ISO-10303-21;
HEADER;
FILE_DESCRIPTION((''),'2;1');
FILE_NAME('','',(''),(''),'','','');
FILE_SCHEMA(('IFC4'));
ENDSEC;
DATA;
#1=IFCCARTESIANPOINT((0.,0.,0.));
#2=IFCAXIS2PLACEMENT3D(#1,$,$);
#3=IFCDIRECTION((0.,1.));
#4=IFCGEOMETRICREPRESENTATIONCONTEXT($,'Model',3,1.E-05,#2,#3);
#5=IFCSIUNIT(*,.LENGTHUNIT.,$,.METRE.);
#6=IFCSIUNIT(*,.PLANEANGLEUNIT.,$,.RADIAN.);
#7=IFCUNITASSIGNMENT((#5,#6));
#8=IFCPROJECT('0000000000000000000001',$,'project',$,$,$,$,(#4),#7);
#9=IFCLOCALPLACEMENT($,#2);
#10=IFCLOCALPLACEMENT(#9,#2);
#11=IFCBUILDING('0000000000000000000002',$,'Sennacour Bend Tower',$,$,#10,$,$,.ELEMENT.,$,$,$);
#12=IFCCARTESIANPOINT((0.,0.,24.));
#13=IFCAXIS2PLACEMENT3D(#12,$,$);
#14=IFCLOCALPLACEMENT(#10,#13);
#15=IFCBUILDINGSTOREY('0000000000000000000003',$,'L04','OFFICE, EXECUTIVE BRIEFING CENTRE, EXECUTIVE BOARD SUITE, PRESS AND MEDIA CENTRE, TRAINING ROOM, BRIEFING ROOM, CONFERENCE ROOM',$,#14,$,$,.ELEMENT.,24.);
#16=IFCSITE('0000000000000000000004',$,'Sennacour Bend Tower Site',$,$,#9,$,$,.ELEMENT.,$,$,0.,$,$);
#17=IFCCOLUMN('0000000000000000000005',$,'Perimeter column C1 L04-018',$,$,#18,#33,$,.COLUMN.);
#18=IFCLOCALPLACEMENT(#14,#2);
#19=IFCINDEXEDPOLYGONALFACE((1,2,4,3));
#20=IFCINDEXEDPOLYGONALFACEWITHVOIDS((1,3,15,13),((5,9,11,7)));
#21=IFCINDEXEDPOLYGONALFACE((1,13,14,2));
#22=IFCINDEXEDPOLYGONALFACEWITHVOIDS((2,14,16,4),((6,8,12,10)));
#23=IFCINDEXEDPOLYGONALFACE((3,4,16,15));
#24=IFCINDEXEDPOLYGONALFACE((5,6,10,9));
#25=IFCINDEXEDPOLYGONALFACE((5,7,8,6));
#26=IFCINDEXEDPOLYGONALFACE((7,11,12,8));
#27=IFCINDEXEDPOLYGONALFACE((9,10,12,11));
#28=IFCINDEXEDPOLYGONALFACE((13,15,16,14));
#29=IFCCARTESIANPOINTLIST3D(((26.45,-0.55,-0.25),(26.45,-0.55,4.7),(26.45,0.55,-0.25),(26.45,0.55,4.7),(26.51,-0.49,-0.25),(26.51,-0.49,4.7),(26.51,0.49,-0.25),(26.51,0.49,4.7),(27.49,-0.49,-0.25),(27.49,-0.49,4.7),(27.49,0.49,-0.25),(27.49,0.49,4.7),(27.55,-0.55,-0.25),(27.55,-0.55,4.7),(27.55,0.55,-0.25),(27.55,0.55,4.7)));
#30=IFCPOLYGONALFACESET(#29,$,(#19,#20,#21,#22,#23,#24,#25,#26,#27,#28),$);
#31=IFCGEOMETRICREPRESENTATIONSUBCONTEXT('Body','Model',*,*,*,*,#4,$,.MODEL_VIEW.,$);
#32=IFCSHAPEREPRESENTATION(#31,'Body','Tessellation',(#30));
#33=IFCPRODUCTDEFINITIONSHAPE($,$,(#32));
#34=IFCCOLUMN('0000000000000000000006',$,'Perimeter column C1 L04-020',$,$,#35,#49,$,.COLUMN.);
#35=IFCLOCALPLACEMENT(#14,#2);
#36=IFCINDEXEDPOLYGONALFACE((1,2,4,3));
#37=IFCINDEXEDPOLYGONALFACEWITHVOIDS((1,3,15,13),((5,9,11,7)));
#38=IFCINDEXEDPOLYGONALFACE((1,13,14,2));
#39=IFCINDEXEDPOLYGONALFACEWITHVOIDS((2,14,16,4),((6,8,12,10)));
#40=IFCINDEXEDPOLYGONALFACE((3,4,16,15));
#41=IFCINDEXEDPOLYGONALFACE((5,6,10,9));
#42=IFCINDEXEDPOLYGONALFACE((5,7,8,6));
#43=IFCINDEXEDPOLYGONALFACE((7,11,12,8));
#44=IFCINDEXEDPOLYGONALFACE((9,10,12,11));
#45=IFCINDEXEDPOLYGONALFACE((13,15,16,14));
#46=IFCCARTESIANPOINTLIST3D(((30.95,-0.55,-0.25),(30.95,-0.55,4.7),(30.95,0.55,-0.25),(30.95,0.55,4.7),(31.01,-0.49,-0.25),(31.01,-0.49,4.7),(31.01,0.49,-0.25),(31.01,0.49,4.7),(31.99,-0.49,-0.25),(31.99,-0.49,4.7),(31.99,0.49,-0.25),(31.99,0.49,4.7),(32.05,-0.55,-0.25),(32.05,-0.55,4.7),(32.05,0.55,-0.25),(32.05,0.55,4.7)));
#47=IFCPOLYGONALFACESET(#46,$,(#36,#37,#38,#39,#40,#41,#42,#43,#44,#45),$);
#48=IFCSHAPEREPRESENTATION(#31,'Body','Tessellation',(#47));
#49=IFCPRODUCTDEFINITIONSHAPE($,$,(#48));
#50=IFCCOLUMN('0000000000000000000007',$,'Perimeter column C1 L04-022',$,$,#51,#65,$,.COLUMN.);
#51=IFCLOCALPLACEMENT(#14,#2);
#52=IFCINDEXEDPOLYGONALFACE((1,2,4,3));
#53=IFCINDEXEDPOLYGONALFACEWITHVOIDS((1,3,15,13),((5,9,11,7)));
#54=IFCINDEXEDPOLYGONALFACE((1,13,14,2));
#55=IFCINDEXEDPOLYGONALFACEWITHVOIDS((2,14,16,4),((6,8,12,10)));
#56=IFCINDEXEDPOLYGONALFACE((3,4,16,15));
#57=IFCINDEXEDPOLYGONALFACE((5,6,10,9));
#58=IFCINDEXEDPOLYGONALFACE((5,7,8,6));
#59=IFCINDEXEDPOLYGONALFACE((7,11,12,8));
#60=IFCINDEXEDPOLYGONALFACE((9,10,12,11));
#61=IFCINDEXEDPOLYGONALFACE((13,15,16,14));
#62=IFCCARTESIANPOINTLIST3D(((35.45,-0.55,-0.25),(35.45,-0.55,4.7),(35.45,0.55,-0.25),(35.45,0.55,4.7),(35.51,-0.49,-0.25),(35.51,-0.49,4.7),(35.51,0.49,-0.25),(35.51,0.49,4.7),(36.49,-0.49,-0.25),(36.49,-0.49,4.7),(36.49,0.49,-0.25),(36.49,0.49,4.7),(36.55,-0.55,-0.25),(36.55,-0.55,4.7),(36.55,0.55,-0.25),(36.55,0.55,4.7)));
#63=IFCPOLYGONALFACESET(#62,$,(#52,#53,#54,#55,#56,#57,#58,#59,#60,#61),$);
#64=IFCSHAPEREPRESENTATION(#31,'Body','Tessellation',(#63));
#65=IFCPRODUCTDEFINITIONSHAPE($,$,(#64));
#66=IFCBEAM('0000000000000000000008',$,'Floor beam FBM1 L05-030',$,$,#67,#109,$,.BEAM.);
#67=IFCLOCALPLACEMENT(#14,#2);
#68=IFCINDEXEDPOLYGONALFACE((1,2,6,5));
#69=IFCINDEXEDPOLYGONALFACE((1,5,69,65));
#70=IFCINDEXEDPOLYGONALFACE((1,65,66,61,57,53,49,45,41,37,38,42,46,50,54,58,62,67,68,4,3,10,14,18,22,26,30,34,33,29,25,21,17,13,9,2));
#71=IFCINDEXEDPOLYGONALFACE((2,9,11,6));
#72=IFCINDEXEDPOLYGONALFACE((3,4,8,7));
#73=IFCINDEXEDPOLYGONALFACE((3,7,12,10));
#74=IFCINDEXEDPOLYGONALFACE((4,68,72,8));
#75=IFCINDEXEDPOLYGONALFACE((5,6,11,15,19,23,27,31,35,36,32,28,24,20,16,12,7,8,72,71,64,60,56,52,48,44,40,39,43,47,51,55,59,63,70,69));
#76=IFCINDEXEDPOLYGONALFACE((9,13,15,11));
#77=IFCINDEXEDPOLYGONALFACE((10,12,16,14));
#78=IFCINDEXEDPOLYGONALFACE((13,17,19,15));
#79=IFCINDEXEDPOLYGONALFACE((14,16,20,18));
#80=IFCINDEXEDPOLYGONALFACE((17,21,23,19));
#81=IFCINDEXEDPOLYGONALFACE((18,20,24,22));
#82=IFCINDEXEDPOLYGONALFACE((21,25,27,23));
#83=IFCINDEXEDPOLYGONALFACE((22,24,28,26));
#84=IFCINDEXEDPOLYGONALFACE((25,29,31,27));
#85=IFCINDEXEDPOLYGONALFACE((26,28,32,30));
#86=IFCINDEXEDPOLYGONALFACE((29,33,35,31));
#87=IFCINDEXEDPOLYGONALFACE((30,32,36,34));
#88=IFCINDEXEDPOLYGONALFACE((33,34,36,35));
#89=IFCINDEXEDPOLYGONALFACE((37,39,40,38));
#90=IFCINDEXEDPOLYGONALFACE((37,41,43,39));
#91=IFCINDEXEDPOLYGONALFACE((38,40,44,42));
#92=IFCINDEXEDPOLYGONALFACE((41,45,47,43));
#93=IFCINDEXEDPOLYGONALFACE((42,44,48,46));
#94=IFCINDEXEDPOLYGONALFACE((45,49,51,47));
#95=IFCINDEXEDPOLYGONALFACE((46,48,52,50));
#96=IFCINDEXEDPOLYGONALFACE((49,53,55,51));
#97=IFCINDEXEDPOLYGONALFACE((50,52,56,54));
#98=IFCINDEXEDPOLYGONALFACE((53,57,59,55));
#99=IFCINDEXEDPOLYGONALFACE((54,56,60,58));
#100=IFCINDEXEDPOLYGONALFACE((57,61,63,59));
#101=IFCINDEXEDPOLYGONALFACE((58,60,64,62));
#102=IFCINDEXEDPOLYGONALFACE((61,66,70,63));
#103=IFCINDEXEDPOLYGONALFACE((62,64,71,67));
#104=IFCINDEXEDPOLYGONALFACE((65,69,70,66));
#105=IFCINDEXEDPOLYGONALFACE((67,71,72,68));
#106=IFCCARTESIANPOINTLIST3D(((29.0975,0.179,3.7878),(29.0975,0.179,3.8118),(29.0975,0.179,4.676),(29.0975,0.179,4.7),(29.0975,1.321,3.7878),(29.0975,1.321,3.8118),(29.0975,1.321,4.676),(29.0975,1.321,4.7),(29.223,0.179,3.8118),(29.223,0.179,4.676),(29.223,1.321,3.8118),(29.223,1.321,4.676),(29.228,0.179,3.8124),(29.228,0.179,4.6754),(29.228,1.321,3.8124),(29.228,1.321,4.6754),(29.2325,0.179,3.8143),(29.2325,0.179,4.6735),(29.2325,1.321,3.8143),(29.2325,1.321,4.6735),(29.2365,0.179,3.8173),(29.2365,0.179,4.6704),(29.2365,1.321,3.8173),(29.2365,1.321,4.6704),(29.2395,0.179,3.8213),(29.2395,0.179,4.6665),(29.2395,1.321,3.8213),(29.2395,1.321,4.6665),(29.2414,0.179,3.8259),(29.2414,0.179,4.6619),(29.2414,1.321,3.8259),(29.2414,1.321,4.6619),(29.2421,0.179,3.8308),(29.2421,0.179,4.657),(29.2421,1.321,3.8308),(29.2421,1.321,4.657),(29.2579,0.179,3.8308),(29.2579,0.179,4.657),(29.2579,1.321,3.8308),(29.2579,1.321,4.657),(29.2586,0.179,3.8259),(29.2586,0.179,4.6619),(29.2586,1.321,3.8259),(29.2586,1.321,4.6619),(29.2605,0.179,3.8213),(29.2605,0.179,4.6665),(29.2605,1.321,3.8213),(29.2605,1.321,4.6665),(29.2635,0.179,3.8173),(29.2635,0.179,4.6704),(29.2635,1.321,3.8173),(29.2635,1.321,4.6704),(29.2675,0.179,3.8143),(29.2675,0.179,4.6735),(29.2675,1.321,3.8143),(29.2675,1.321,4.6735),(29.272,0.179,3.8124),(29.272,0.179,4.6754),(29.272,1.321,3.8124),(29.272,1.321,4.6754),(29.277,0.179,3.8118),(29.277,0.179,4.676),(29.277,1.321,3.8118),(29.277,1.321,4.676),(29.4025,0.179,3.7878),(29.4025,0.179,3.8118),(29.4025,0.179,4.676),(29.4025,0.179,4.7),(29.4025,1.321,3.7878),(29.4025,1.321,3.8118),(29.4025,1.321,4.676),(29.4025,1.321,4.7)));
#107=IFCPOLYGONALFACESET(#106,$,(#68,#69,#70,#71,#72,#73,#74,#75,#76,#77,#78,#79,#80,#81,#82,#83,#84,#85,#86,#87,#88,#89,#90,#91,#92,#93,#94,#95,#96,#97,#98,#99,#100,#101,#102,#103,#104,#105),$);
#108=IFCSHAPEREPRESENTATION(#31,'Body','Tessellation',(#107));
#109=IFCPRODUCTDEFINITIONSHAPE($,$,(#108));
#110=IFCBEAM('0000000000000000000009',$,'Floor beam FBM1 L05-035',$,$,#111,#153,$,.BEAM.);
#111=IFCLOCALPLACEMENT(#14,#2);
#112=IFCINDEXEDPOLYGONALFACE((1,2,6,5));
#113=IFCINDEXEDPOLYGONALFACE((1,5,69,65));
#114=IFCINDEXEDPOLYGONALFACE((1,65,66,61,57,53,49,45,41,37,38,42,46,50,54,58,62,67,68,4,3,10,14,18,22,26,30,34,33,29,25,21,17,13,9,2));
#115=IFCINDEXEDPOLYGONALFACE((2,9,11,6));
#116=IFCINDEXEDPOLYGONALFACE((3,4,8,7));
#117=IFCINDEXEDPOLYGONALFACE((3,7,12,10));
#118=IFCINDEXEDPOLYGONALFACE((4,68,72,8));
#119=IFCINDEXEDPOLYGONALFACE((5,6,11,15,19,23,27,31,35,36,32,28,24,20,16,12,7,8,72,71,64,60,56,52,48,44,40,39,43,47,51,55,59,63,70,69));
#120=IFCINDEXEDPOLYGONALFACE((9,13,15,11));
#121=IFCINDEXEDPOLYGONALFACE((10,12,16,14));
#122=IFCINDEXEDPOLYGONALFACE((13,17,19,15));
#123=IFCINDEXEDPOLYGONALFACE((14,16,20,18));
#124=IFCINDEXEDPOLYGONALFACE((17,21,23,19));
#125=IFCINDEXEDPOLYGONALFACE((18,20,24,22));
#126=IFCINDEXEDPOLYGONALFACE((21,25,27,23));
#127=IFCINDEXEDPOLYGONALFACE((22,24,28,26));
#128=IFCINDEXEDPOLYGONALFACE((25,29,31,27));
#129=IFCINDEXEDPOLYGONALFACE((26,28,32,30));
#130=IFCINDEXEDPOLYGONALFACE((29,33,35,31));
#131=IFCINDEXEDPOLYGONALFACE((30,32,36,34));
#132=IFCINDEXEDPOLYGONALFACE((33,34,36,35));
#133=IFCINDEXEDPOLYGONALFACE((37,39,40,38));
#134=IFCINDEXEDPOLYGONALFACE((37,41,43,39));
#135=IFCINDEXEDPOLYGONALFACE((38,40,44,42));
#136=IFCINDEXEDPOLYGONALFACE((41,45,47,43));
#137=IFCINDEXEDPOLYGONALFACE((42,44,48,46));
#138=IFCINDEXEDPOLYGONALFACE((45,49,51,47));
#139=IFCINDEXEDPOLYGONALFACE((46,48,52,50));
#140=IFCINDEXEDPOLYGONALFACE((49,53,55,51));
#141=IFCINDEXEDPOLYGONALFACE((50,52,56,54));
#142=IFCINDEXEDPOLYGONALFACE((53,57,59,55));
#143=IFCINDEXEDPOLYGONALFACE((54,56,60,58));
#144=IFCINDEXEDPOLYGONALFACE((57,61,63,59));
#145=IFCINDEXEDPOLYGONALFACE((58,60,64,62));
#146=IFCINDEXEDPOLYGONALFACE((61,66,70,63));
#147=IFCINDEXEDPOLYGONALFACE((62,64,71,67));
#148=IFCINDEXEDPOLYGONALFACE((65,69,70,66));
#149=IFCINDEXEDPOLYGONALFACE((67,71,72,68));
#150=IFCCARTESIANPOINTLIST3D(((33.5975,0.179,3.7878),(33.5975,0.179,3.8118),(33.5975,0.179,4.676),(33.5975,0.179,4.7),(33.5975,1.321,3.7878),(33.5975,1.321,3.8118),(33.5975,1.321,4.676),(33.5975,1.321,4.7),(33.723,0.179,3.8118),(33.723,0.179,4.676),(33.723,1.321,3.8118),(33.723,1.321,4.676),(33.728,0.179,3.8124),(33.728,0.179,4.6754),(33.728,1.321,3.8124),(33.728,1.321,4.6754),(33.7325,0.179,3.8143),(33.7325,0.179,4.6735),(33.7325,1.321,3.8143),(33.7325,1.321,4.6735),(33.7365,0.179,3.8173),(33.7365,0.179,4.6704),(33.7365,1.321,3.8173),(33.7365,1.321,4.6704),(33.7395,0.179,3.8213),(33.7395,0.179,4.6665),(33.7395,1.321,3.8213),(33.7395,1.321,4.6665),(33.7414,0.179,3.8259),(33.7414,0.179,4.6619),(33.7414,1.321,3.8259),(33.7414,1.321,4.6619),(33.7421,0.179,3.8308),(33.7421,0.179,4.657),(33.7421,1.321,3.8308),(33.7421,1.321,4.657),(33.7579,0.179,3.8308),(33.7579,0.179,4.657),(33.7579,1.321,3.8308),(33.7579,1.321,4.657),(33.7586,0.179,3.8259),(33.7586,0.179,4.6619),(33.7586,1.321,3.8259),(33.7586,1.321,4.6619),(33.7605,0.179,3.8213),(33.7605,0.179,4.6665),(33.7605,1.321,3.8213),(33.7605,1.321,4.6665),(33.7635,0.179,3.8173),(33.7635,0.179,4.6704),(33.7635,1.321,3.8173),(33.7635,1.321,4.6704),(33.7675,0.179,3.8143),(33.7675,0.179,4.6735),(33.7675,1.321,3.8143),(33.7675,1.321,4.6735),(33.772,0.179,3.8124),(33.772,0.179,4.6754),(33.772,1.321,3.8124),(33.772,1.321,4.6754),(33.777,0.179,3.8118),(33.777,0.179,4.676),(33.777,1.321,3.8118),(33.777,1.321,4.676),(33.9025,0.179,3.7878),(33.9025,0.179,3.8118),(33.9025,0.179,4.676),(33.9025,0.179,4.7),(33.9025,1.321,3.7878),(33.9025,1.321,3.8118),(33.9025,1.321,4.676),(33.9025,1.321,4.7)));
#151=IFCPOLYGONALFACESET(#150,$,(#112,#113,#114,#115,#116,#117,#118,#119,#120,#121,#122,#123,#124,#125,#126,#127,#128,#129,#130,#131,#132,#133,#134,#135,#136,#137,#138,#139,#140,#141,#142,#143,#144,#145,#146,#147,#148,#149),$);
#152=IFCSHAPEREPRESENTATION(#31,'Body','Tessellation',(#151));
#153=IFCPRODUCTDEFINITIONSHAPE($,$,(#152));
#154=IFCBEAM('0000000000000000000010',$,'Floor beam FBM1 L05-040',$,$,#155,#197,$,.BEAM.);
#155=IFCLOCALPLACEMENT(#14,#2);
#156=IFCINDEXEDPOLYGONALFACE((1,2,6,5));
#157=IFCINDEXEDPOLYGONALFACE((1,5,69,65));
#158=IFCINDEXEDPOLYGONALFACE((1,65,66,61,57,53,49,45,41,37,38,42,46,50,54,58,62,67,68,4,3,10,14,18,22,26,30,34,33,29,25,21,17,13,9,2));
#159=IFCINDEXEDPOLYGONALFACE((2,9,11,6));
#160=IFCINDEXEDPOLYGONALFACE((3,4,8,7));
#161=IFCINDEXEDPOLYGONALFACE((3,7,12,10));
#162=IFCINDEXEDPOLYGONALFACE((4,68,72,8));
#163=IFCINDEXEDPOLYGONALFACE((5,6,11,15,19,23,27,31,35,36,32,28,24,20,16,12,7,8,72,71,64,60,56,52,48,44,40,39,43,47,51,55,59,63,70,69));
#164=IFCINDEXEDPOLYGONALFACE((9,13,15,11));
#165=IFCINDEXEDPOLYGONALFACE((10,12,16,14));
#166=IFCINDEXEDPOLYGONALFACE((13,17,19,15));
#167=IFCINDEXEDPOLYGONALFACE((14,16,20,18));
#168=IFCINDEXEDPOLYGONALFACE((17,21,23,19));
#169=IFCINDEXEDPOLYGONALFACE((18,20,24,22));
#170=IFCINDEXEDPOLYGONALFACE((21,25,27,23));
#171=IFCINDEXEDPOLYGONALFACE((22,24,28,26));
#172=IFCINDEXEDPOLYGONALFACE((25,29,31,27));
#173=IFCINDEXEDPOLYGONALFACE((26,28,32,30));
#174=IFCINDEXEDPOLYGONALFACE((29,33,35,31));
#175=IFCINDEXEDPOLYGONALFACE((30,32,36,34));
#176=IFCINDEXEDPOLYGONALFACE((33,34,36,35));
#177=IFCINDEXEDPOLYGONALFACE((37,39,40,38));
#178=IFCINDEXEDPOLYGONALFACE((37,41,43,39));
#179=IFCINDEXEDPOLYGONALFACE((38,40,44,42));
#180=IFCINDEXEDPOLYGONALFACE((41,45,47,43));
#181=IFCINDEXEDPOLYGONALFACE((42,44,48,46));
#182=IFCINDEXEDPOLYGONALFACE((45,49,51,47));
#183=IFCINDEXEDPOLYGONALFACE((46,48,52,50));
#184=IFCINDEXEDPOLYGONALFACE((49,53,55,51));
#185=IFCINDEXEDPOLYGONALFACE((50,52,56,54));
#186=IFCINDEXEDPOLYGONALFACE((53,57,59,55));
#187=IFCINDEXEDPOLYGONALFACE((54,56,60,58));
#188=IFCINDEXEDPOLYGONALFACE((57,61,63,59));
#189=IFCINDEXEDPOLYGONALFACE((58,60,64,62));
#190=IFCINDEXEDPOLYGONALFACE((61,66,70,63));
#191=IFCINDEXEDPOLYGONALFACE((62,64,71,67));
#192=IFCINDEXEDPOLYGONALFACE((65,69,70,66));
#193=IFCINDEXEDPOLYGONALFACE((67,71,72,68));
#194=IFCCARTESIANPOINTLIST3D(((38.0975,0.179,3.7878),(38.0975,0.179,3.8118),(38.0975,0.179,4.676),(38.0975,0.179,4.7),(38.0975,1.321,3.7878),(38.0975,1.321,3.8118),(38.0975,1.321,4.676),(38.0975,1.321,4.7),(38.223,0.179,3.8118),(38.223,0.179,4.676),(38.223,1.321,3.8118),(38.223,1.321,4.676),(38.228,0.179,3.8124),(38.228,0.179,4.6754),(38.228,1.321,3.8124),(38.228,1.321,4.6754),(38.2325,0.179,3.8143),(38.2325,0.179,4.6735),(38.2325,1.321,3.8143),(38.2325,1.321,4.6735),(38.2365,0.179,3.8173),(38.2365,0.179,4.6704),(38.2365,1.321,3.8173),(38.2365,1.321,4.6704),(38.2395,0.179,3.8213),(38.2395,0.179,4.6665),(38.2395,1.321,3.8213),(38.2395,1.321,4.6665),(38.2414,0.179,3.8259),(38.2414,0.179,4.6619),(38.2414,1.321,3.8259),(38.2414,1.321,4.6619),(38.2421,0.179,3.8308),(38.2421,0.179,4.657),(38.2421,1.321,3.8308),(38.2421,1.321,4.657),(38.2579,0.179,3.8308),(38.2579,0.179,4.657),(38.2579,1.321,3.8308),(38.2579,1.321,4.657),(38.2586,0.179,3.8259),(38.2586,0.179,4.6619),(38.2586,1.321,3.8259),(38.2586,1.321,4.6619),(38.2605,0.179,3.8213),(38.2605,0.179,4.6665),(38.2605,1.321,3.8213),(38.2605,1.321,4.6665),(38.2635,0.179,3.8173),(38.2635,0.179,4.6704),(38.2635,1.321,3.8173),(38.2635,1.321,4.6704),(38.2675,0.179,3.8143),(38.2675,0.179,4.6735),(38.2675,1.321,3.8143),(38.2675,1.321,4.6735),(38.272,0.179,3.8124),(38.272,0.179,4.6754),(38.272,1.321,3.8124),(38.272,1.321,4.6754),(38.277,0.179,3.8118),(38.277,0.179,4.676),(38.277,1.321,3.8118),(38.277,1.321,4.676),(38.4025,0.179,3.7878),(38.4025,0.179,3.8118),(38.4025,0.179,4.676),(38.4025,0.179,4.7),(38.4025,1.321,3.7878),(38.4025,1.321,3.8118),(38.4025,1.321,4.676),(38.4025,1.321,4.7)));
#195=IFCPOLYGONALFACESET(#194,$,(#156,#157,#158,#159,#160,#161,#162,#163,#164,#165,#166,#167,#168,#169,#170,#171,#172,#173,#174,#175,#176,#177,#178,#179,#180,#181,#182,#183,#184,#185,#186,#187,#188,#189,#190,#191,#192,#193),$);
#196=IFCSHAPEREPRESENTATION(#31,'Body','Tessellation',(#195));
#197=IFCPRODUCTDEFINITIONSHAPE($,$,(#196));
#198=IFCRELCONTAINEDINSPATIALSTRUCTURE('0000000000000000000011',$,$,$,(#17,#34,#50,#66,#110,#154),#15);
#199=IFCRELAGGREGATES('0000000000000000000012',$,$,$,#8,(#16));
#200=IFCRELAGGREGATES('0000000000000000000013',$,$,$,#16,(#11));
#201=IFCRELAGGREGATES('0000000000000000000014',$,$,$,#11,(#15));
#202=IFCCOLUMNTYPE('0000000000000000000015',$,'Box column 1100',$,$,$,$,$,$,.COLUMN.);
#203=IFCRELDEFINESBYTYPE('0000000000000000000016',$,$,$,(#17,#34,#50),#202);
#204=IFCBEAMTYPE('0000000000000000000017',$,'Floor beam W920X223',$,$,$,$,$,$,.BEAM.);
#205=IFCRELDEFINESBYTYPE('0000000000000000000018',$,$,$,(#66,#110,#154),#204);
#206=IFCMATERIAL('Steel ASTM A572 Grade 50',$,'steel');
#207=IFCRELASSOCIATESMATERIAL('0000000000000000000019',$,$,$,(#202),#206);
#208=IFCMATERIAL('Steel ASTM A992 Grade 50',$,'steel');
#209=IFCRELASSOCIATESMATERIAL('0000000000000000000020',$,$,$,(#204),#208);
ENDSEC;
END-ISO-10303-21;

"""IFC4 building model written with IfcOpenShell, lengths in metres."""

from ifc_helpers import new_model, si_unit, direction, frame, origin, origin_2d, place, context, subcontext, project, spatial, hollow_rectangle, i_section, extrude, material, material_profile, profile_set, type_object, element, save


model = new_model("IFC4")

# Units and contexts
model_context = context("Model", 3, precision=1e-05, world=origin(), true_north=direction((0.0, 1.0)))
body_context = subcontext(model_context, "Body", "Model", "MODEL_VIEW")
ifc_project = project(units=[si_unit("LENGTHUNIT", "METRE"), si_unit("PLANEANGLEUNIT", "RADIAN")], contexts=[model_context])

# Site, building, storey
site_placement = place(None, origin())
site = spatial("IfcSite", under=ifc_project, at=site_placement, Name="Sennacour Bend Tower Site", CompositionType="ELEMENT", RefElevation=0.0)
building_placement = place(site_placement, origin())
building = spatial("IfcBuilding", under=site, at=building_placement, Name="Sennacour Bend Tower", CompositionType="ELEMENT")
storey_placement = place(building_placement, frame((0.0, 0.0, 24.0)))
storey = spatial("IfcBuildingStorey", under=building, at=storey_placement, Name="L04", Description="OFFICE, EXECUTIVE BRIEFING CENTRE, EXECUTIVE BOARD SUITE, PRESS AND MEDIA CENTRE, TRAINING ROOM, BRIEFING ROOM, CONFERENCE ROOM", CompositionType="ELEMENT", Elevation=24.0)

# Columns
ifc_material_1 = material(Name="Steel ASTM A572 Grade 50", Category="steel")
ifc_material_profile_1 = material_profile(ifc_material_1, hollow_rectangle(XDim=1.1001, YDim=1.1001, WallThickness=0.0601, at=origin_2d()), Name="Steel ASTM A572 Grade 50", Category="steel")
ifc_profile_set_1 = profile_set([ifc_material_profile_1], Name="Steel ASTM A572 Grade 50")
column_type = type_object("IfcColumnType", Name="Box column 1100", PredefinedType="COLUMN", material=ifc_profile_set_1)
for number, where, z_axis, x_axis, name in (
    (1, (27.0, 0.0, -0.25), (0.0, 0.0, 1.0), (1.0, 0.0, 0.0), "Perimeter column C1 L04-018"),
    (2, (31.5, 0.0, -0.25), (0.0, 0.0, 1.0), (1.0, 0.0, 0.0), "Perimeter column C1 L04-020"),
    (3, (36.0, 0.0, -0.25), (0.0, 0.0, 1.0), (1.0, 0.0, 0.0), "Perimeter column C1 L04-022"),
):
    element("IfcColumn", number, at=place(storey_placement, frame(where, z_axis=z_axis, x_axis=x_axis)), inside=storey, type_object=column_type, Name=name, PredefinedType="COLUMN", context=body_context, shape_type="SweptSolid", body=[
        extrude(hollow_rectangle(XDim=1.1001, YDim=1.1001, WallThickness=0.0601, at=origin_2d()), origin(), (0.0, 0.0, 1.0), 4.95),
    ])

# Beams
ifc_material_2 = material(Name="Steel ASTM A992 Grade 50", Category="steel")
ifc_material_profile_2 = material_profile(ifc_material_2, i_section(OverallWidth=0.3049, OverallDepth=0.9121, WebThickness=0.0159, FlangeThickness=0.0239, FilletRadius=0.019, at=origin_2d()), Name="Steel ASTM A992 Grade 50", Category="steel")
ifc_profile_set_2 = profile_set([ifc_material_profile_2], Name="Steel ASTM A992 Grade 50")
beam_type_1 = type_object("IfcBeamType", Name="Floor beam W920X223", PredefinedType="BEAM", material=ifc_profile_set_2)
for number, where, z_axis, x_axis, name in (
    (4, (29.25, 0.179, 4.2439), (0.0, 1.0, 0.0), (-1.0, 0.0, 0.0), "Floor beam FBM1 L05-030"),
    (5, (33.75, 0.179, 4.2439), (0.0, 1.0, 0.0), (-1.0, 0.0, 0.0), "Floor beam FBM1 L05-035"),
    (6, (38.25, 0.179, 4.2439), (0.0, 1.0, 0.0), (-1.0, 0.0, 0.0), "Floor beam FBM1 L05-040"),
):
    element("IfcBeam", number, at=place(storey_placement, frame(where, z_axis=z_axis, x_axis=x_axis)), inside=storey, type_object=beam_type_1, Name=name, PredefinedType="BEAM", context=body_context, shape_type="SweptSolid", body=[
        extrude(i_section(OverallWidth=0.3049, OverallDepth=0.9121, WebThickness=0.0159, FlangeThickness=0.0239, FilletRadius=0.019, at=origin_2d()), origin(), (0.0, 0.0, 1.0), 1.1421),
    ])

save(model, "model.ifc")
